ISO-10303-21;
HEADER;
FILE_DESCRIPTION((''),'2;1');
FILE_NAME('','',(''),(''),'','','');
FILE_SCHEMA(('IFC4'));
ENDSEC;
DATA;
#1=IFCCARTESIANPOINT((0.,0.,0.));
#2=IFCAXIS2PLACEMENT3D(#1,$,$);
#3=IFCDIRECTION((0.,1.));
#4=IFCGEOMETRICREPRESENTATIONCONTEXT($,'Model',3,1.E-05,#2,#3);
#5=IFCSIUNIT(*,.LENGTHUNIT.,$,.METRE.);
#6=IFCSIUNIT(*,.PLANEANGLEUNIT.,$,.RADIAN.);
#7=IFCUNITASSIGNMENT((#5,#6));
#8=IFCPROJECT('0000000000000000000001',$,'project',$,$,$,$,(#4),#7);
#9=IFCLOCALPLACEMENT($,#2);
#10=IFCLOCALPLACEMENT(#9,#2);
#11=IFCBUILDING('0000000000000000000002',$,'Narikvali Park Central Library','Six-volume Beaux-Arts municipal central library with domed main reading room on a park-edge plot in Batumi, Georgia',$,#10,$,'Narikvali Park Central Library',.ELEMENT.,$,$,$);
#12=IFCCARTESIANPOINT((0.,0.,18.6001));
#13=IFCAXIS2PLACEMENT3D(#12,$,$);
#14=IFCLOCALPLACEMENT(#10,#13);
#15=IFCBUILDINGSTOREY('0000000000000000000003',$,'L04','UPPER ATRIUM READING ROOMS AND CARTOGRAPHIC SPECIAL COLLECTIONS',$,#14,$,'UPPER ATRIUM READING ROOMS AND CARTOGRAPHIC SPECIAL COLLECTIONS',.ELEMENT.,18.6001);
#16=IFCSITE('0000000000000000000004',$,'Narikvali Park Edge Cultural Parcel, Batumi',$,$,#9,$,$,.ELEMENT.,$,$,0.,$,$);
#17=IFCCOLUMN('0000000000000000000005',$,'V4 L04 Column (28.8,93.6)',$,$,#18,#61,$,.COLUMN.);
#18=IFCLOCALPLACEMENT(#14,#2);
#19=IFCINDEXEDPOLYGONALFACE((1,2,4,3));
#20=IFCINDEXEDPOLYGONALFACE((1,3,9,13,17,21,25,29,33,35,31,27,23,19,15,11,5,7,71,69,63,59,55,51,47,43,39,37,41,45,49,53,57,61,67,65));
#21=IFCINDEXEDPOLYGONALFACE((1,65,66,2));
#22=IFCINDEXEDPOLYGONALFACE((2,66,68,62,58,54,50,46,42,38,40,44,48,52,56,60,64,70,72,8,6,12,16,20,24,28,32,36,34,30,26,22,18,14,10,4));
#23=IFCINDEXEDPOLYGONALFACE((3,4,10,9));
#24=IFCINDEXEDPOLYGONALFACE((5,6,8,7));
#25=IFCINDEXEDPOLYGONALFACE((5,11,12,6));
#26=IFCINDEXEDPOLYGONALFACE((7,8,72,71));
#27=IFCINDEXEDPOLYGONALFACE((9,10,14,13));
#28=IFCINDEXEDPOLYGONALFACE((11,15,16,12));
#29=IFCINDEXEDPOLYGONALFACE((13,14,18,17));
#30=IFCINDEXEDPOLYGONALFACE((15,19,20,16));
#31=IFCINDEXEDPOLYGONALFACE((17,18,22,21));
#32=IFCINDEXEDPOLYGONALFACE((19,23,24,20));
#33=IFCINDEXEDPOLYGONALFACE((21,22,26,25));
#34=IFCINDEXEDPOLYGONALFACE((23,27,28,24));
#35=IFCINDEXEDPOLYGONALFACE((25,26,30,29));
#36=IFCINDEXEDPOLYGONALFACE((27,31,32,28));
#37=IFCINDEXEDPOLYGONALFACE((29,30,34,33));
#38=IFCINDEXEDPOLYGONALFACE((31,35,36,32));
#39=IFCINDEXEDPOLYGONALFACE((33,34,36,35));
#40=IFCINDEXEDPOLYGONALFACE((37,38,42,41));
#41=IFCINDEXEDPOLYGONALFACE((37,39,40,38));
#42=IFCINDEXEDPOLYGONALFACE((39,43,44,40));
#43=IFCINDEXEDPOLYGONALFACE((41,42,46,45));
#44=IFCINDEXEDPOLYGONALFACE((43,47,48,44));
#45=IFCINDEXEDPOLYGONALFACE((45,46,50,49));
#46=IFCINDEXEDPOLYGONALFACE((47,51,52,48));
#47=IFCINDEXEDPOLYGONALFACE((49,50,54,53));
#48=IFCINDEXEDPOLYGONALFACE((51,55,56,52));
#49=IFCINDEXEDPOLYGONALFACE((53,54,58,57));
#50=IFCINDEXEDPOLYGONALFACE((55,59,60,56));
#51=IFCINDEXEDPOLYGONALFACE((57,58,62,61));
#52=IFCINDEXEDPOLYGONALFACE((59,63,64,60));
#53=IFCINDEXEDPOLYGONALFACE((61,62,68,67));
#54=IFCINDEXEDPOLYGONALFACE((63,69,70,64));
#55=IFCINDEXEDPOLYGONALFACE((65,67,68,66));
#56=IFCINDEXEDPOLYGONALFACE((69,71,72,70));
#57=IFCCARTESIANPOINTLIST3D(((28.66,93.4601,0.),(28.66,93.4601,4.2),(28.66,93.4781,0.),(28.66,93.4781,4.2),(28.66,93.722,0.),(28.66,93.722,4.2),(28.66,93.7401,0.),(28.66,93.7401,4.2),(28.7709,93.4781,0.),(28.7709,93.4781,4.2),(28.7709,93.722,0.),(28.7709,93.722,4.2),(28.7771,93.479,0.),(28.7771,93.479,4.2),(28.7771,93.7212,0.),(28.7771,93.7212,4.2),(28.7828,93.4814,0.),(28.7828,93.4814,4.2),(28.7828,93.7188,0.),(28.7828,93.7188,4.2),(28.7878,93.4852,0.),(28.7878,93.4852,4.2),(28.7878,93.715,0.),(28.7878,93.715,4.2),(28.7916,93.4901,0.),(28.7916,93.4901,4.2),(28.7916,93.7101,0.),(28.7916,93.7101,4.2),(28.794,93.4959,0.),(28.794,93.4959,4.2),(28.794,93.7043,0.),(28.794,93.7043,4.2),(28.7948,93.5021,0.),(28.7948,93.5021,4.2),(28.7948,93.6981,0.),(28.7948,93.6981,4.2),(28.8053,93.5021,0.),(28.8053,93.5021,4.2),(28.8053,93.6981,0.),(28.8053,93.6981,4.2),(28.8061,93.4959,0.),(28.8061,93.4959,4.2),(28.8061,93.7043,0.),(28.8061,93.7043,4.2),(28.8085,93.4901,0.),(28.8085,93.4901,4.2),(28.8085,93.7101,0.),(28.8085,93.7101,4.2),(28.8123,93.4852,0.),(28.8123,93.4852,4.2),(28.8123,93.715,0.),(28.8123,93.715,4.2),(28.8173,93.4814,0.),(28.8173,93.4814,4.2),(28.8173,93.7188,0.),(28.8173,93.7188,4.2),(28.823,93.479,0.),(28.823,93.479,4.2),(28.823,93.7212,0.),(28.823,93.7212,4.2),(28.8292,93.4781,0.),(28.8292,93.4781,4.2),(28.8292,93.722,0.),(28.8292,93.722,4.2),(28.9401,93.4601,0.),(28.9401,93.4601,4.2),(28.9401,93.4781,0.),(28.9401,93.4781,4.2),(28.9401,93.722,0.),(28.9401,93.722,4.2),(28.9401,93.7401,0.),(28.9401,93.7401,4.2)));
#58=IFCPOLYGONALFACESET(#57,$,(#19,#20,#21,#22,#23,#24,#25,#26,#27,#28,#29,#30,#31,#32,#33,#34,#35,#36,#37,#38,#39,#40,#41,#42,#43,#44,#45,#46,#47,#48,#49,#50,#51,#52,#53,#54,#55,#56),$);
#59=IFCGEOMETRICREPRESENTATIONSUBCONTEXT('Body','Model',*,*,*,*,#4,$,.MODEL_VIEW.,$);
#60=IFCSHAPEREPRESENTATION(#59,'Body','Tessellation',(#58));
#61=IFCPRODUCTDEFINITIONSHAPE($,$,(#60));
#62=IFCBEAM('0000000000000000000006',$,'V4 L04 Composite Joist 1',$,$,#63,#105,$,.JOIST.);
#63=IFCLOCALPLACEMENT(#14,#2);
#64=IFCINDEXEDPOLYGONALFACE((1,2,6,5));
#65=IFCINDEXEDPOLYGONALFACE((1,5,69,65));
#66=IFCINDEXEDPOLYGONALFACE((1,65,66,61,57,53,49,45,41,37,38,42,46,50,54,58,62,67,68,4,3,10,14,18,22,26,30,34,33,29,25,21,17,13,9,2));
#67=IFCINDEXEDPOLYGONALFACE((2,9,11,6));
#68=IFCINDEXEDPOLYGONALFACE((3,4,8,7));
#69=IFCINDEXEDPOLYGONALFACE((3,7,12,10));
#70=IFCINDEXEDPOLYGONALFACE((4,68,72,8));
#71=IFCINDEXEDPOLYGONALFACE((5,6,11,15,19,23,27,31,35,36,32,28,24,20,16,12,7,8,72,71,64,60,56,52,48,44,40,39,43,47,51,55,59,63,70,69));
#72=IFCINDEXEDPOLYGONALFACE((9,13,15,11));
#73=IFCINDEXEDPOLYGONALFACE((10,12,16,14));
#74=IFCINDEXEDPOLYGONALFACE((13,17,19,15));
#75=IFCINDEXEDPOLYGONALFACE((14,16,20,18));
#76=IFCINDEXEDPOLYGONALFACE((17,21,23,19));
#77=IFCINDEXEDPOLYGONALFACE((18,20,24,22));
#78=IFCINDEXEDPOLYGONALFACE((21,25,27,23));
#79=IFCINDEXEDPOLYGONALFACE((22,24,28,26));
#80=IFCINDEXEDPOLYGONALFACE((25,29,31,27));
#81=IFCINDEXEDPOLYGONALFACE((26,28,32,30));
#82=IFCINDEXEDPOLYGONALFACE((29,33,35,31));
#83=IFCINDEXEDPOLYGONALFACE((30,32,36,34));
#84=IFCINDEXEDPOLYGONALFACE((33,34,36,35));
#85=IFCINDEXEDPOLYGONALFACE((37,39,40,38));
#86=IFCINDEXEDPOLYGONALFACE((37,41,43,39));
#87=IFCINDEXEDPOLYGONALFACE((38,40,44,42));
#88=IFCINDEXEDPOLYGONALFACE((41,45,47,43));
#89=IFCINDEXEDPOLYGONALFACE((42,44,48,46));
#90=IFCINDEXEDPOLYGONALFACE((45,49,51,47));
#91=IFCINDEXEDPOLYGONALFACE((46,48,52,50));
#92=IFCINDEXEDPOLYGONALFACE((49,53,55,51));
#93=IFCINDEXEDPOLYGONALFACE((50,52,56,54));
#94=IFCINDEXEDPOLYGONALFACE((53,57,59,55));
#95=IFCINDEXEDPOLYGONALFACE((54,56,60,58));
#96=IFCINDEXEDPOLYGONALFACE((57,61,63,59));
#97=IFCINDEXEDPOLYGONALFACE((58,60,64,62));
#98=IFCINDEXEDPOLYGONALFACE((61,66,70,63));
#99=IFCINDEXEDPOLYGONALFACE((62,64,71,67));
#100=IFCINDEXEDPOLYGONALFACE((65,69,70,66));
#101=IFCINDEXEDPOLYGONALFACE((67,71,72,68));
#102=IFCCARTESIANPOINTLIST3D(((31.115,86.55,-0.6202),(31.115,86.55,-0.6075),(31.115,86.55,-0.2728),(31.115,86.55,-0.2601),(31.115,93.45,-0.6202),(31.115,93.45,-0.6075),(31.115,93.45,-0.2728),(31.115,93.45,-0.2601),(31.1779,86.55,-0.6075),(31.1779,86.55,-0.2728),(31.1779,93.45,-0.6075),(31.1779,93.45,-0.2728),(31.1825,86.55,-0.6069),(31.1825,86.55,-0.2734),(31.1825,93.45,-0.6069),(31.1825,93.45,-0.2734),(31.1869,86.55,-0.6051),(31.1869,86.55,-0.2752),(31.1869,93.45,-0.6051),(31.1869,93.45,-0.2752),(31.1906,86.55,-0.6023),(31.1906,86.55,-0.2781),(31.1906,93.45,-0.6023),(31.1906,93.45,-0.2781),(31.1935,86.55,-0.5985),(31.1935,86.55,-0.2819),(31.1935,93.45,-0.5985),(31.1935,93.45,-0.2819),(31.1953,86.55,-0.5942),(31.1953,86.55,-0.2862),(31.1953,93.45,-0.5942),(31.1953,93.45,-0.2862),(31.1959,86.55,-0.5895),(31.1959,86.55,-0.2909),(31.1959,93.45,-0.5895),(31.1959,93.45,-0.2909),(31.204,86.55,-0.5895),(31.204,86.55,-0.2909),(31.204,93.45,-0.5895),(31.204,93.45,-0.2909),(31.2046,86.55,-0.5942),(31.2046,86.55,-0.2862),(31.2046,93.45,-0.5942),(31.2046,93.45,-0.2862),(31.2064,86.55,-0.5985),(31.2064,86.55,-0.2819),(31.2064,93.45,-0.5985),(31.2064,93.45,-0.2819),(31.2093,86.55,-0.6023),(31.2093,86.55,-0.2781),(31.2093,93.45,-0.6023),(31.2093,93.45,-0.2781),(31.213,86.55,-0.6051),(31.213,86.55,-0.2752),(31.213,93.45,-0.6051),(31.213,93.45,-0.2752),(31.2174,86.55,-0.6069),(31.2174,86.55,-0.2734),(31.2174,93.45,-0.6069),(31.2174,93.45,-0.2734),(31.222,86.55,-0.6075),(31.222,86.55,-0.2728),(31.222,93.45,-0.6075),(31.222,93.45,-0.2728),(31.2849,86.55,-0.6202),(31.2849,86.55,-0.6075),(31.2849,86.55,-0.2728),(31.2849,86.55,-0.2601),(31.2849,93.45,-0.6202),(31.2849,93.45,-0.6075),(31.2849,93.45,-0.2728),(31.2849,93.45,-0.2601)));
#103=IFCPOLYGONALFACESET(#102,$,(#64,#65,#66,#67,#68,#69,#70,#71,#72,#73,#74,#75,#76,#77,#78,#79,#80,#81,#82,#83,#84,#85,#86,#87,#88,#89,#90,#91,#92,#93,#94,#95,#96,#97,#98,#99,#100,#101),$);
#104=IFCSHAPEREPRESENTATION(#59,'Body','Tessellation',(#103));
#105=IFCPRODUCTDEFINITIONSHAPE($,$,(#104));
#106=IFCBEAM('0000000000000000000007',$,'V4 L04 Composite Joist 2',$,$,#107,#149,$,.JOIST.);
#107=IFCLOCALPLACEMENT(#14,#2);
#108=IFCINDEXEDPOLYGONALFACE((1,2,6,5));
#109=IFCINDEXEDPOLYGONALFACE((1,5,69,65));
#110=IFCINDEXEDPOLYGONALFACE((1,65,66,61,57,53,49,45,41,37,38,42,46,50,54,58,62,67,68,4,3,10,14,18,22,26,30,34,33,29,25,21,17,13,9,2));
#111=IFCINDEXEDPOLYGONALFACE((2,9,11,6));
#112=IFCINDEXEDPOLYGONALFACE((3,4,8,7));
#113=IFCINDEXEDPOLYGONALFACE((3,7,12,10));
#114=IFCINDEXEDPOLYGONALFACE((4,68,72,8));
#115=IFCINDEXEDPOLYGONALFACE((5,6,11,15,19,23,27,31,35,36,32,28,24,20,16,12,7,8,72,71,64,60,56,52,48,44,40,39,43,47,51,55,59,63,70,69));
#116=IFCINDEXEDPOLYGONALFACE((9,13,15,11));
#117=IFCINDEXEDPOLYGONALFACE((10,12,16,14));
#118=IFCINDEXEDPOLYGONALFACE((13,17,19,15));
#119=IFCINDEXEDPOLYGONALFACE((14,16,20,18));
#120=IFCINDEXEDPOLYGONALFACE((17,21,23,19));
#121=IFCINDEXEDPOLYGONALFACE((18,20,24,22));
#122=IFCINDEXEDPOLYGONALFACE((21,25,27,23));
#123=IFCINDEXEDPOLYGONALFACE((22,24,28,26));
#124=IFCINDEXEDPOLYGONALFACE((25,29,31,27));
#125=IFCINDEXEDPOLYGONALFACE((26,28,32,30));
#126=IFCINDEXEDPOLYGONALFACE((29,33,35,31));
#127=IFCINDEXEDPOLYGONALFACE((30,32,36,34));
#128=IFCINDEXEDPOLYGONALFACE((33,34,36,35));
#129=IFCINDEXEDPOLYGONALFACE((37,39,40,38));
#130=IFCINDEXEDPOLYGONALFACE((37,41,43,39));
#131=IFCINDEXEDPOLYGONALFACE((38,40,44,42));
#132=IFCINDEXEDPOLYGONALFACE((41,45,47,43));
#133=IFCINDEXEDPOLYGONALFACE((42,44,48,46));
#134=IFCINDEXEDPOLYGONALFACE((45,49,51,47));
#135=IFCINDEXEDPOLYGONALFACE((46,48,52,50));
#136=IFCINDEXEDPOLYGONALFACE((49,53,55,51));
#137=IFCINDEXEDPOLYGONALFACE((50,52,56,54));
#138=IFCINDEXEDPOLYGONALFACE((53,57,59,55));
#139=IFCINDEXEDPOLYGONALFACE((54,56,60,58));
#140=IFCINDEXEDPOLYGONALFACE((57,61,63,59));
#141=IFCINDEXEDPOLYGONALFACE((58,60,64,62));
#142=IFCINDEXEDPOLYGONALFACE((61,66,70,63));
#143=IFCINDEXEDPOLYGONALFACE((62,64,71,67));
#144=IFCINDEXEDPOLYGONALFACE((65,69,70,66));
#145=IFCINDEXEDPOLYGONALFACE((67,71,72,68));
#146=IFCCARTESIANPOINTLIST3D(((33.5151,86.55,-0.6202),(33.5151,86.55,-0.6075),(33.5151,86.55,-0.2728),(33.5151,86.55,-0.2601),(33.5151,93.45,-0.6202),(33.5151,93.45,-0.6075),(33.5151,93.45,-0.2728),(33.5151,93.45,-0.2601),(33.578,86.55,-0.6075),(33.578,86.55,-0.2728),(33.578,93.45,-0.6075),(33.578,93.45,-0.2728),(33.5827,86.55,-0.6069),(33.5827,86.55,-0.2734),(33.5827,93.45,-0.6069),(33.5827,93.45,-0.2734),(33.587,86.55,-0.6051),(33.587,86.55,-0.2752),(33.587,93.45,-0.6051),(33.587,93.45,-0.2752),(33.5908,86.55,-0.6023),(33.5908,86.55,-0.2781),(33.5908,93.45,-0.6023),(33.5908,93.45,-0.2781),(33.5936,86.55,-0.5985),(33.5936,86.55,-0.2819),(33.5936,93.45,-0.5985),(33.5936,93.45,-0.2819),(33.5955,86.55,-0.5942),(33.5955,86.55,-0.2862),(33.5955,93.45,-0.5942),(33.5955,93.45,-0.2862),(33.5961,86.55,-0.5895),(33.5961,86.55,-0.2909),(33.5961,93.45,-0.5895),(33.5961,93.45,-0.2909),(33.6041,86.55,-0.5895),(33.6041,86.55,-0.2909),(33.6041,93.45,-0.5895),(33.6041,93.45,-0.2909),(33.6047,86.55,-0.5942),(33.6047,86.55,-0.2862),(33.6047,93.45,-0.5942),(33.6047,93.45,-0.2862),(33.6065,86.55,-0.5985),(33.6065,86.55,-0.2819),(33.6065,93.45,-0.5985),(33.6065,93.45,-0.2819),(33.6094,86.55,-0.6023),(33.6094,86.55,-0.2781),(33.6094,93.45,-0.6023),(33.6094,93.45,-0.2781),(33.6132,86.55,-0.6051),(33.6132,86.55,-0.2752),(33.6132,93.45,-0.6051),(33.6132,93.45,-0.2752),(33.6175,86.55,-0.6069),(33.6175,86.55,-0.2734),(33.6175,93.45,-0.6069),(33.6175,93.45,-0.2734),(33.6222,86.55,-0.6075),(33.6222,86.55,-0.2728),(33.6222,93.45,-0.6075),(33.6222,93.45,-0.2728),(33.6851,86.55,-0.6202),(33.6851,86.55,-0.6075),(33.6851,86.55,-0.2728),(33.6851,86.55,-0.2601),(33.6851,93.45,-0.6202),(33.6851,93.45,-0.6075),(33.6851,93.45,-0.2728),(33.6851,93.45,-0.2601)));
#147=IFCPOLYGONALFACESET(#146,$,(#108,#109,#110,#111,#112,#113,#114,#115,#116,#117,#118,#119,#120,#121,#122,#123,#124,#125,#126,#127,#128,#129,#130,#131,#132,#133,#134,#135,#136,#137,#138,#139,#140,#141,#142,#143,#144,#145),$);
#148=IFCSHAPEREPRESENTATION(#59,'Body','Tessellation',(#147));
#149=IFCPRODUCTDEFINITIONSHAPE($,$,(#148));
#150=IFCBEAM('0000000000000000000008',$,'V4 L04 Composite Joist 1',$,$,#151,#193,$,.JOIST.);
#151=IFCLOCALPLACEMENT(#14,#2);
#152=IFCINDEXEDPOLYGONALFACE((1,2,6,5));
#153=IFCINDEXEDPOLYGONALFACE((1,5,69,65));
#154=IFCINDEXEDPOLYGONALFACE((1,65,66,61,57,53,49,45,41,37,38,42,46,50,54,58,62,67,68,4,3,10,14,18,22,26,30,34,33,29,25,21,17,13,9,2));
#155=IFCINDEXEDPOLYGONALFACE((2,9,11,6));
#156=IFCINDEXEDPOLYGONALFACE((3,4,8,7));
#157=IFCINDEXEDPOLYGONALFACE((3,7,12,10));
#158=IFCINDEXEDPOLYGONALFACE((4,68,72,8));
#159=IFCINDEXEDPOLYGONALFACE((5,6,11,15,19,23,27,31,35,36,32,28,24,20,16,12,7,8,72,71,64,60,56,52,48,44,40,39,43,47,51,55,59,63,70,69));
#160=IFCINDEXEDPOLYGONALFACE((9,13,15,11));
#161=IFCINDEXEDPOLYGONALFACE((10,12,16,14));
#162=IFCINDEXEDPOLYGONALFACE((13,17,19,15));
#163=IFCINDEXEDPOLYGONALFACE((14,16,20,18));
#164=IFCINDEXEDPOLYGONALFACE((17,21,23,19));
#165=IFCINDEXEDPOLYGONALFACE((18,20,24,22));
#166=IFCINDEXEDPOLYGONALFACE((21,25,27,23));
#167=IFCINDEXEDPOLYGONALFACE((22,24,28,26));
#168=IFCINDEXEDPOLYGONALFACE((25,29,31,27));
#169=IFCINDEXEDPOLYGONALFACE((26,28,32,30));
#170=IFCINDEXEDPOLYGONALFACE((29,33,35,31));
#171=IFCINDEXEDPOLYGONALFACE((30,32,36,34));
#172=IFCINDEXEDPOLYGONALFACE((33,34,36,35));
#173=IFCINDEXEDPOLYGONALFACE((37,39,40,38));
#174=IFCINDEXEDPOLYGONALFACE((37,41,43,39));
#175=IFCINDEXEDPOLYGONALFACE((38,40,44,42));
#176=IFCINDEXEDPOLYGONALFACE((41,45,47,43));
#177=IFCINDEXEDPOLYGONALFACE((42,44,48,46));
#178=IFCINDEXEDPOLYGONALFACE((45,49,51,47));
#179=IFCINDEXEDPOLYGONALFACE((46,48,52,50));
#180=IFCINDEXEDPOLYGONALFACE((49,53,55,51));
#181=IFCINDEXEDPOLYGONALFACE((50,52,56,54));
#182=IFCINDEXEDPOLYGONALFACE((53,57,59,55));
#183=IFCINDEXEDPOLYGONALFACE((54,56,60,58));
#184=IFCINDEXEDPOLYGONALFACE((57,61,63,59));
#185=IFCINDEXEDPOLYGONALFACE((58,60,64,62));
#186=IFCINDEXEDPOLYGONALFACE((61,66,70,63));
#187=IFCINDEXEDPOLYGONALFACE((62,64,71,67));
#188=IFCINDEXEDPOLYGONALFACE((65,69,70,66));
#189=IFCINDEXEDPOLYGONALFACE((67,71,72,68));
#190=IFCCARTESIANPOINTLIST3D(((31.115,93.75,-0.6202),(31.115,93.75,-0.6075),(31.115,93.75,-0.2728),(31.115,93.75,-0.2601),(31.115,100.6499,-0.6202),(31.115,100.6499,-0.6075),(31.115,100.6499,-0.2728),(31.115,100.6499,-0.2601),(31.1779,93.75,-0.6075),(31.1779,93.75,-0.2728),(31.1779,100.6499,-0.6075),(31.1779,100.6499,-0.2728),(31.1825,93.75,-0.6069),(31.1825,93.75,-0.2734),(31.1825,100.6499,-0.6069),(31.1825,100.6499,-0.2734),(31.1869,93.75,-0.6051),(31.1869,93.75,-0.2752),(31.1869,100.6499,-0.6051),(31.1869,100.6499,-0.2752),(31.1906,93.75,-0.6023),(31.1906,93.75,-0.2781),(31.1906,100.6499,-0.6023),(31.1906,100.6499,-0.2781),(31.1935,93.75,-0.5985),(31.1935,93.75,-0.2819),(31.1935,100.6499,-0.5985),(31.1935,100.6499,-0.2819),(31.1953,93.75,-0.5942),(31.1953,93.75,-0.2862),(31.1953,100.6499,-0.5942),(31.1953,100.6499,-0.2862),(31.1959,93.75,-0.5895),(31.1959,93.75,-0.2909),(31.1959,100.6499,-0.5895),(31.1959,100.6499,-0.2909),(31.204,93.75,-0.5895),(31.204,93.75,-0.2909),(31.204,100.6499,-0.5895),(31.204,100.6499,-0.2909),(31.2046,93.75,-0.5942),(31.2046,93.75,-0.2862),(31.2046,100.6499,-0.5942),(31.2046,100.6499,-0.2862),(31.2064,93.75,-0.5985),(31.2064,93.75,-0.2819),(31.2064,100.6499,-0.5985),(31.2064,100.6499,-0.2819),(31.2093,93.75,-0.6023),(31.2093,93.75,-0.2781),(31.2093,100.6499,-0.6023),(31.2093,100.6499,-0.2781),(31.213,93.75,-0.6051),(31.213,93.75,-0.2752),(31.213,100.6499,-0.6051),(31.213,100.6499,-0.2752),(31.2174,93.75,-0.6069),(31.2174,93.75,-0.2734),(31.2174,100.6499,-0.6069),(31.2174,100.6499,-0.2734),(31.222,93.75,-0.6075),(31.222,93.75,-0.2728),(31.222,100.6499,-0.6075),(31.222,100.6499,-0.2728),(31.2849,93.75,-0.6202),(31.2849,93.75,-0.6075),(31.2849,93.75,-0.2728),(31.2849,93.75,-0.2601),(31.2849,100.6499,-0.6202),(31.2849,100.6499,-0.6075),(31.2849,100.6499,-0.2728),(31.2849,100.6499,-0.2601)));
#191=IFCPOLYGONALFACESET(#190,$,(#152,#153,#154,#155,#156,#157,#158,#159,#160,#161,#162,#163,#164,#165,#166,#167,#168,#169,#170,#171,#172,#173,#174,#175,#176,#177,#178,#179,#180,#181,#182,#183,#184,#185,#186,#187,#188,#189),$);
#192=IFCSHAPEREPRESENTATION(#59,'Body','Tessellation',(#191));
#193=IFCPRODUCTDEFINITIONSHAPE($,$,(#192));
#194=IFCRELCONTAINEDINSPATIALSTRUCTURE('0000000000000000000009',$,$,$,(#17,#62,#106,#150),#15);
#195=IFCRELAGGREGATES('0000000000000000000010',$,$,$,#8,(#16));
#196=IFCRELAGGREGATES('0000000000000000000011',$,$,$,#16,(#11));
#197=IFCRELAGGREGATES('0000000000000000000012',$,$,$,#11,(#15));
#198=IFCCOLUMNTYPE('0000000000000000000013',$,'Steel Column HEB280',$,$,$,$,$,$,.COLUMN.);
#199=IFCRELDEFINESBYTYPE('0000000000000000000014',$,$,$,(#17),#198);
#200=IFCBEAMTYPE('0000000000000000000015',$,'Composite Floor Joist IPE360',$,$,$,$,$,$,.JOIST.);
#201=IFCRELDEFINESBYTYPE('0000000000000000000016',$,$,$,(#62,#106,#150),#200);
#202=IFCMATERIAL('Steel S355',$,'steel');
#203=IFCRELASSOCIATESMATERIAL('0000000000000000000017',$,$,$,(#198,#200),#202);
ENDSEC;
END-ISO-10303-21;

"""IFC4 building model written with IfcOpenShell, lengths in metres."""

from ifc_helpers import new_model, si_unit, direction, frame, origin, origin_2d, place, context, subcontext, project, spatial, i_section, extrude, material, material_profile, profile_set, type_object, element, save


model = new_model("IFC4")

# Units and contexts
model_context = context("Model", 3, precision=1e-05, world=origin(), true_north=direction((0.0, 1.0)))
body_context = subcontext(model_context, "Body", "Model", "MODEL_VIEW")
ifc_project = project(units=[si_unit("LENGTHUNIT", "METRE"), si_unit("PLANEANGLEUNIT", "RADIAN")], contexts=[model_context])

# Site, building, storey
site_placement = place(None, origin())
site = spatial("IfcSite", under=ifc_project, at=site_placement, Name="Narikvali Park Edge Cultural Parcel, Batumi", CompositionType="ELEMENT", RefElevation=0.0)
building_placement = place(site_placement, origin())
building = spatial("IfcBuilding", under=site, at=building_placement, Name="Narikvali Park Central Library", Description="Six-volume Beaux-Arts municipal central library with domed main reading room on a park-edge plot in Batumi, Georgia", LongName="Narikvali Park Central Library", CompositionType="ELEMENT")
storey_placement = place(building_placement, frame((0.0, 0.0, 18.6001)))
storey = spatial("IfcBuildingStorey", under=building, at=storey_placement, Name="L04", Description="UPPER ATRIUM READING ROOMS AND CARTOGRAPHIC SPECIAL COLLECTIONS", LongName="UPPER ATRIUM READING ROOMS AND CARTOGRAPHIC SPECIAL COLLECTIONS", CompositionType="ELEMENT", Elevation=18.6001)

# Column
ifc_material_1 = material(Name="Steel S355", Category="steel")
ifc_material_profile_1 = material_profile(ifc_material_1, i_section(OverallWidth=0.28, OverallDepth=0.28, WebThickness=0.0105, FlangeThickness=0.0181, FilletRadius=0.0239, at=origin_2d()), Name="HEB 280")
ifc_profile_set_1 = profile_set([ifc_material_profile_1], Name="Steel S355")
column_type = type_object("IfcColumnType", Name="Steel Column HEB280", PredefinedType="COLUMN", material=ifc_profile_set_1)
column_placement = place(storey_placement, frame((28.8, 93.6001, 0.0), z_axis=(0.0, 0.0, 1.0), x_axis=(1.0, 0.0, 0.0)))
element("IfcColumn", 1, at=column_placement, inside=storey, type_object=column_type, Name="V4 L04 Column (28.8,93.6)", PredefinedType="COLUMN", context=body_context, shape_type="SweptSolid", body=[
    extrude(i_section(OverallWidth=0.28, OverallDepth=0.28, WebThickness=0.0105, FlangeThickness=0.0181, FilletRadius=0.0239, at=origin_2d()), origin(), (0.0, 0.0, 1.0), 4.2),
])

# Beams
ifc_material_profile_2 = material_profile(ifc_material_1, i_section(OverallWidth=0.1699, OverallDepth=0.3601, WebThickness=0.0081, FlangeThickness=0.0127, FilletRadius=0.0181, at=origin_2d()), Name="IPE 360")
ifc_profile_set_2 = profile_set([ifc_material_profile_2], Name="Steel S355")
beam_type_1 = type_object("IfcBeamType", Name="Composite Floor Joist IPE360", PredefinedType="JOIST", material=ifc_profile_set_2)
for number, where, z_axis, x_axis, name in (
    (2, (31.2, 86.55, -0.4402), (0.0, 1.0, 0.0), (-1.0, 0.0, 0.0), "V4 L04 Composite Joist 1"),
    (3, (33.6001, 86.55, -0.4402), (0.0, 1.0, 0.0), (-1.0, 0.0, 0.0), "V4 L04 Composite Joist 2"),
    (4, (31.2, 93.75, -0.4402), (0.0, 1.0, 0.0), (-1.0, 0.0, 0.0), "V4 L04 Composite Joist 1"),
):
    element("IfcBeam", number, at=place(storey_placement, frame(where, z_axis=z_axis, x_axis=x_axis)), inside=storey, type_object=beam_type_1, Name=name, PredefinedType="JOIST", context=body_context, shape_type="SweptSolid", body=[
        extrude(i_section(OverallWidth=0.1699, OverallDepth=0.3601, WebThickness=0.0081, FlangeThickness=0.0127, FilletRadius=0.0181, at=origin_2d()), origin(), (0.0, 0.0, 1.0), 6.8999),
    ])

save(model, "model.ifc")
